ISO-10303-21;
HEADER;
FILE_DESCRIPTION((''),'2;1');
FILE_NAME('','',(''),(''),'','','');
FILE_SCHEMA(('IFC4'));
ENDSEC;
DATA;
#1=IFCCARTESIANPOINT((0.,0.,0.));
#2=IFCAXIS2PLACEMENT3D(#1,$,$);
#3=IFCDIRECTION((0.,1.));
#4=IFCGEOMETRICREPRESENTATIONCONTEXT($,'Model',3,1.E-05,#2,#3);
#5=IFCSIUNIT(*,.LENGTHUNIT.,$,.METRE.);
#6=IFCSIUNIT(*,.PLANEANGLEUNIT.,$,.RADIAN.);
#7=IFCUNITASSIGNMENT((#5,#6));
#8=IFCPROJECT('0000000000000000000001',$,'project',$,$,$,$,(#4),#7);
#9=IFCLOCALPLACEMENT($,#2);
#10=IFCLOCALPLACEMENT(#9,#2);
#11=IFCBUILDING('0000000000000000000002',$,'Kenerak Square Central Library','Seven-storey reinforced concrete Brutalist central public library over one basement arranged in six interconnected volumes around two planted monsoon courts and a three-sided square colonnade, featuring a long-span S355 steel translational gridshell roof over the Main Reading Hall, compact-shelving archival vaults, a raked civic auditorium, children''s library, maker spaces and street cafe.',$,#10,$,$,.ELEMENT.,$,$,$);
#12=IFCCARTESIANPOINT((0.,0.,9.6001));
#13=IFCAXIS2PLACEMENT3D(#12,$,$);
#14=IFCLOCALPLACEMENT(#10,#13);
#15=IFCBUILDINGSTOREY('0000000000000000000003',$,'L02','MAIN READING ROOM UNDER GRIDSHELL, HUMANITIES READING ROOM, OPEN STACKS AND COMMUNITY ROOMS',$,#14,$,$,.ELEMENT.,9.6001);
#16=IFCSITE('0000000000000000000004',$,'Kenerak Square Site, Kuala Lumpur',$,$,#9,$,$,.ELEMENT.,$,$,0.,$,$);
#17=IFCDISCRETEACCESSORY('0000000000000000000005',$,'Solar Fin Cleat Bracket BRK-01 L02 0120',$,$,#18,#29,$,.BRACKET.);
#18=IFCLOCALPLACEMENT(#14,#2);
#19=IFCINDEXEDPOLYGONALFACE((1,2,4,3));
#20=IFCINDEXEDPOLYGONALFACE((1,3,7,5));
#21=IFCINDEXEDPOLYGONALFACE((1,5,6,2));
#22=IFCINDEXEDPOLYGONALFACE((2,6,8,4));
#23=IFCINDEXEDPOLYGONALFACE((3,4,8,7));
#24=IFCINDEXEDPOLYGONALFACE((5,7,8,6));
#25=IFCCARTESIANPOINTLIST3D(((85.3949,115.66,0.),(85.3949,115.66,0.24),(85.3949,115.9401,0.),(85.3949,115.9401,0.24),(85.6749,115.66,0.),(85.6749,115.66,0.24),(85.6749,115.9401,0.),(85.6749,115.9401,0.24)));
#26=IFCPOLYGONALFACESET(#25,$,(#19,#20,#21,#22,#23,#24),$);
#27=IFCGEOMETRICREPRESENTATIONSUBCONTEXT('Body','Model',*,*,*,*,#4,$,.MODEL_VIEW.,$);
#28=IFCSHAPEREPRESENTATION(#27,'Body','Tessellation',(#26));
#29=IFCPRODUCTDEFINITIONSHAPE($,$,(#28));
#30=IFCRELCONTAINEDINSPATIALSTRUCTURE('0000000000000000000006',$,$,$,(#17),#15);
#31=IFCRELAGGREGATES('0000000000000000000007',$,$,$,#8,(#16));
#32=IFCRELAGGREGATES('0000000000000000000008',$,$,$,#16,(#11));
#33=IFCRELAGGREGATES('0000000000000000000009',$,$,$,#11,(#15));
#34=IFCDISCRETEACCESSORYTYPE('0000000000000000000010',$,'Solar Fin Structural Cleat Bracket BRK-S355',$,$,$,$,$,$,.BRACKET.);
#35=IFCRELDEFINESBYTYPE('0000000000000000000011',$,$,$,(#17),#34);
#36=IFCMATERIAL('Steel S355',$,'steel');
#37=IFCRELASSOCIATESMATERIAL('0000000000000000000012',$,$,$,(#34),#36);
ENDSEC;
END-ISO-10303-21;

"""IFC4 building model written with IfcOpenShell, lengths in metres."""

from ifc_helpers import new_model, si_unit, direction, frame, origin, origin_2d, place, context, subcontext, project, spatial, rectangle, extrude, material, type_object, element, save


model = new_model("IFC4")

# Units and contexts
model_context = context("Model", 3, precision=1e-05, world=origin(), true_north=direction((0.0, 1.0)))
body_context = subcontext(model_context, "Body", "Model", "MODEL_VIEW")
ifc_project = project(units=[si_unit("LENGTHUNIT", "METRE"), si_unit("PLANEANGLEUNIT", "RADIAN")], contexts=[model_context])

# Site, building, storey
site_placement = place(None, origin())
site = spatial("IfcSite", under=ifc_project, at=site_placement, Name="Kenerak Square Site, Kuala Lumpur", CompositionType="ELEMENT", RefElevation=0.0)
building_placement = place(site_placement, origin())
building = spatial("IfcBuilding", under=site, at=building_placement, Name="Kenerak Square Central Library", Description="Seven-storey reinforced concrete Brutalist central public library over one basement arranged in six interconnected volumes around two planted monsoon courts and a three-sided square colonnade, featuring a long-span S355 steel translational gridshell roof over the Main Reading Hall, compact-shelving archival vaults, a raked civic auditorium, children's library, maker spaces and street cafe.", CompositionType="ELEMENT")
storey_placement = place(building_placement, frame((0.0, 0.0, 9.6001)))
storey = spatial("IfcBuildingStorey", under=building, at=storey_placement, Name="L02", Description="MAIN READING ROOM UNDER GRIDSHELL, HUMANITIES READING ROOM, OPEN STACKS AND COMMUNITY ROOMS", CompositionType="ELEMENT", Elevation=9.6001)

# Shared definitions
ifc_material_1 = material(Name="Steel S355", Category="steel")

# Discrete accessory
discrete_accessory_type = type_object("IfcDiscreteAccessoryType", Name="Solar Fin Structural Cleat Bracket BRK-S355", PredefinedType="BRACKET", material=ifc_material_1)
for number, where, z_axis, x_axis, name in (
    (1, (85.5349, 115.8, 0.0), (0.0, 0.0, 1.0), (1.0, 0.0, 0.0), "Solar Fin Cleat Bracket BRK-01 L02 0120"),
):
    element("IfcDiscreteAccessory", number, at=place(storey_placement, frame(where, z_axis=z_axis, x_axis=x_axis)), inside=storey, type_object=discrete_accessory_type, Name=name, PredefinedType="BRACKET", context=body_context, shape_type="SweptSolid", body=[
        extrude(rectangle(XDim=0.28, YDim=0.28, at=origin_2d()), origin(), (0.0, 0.0, 1.0), 0.24),
    ])

save(model, "model.ifc")
